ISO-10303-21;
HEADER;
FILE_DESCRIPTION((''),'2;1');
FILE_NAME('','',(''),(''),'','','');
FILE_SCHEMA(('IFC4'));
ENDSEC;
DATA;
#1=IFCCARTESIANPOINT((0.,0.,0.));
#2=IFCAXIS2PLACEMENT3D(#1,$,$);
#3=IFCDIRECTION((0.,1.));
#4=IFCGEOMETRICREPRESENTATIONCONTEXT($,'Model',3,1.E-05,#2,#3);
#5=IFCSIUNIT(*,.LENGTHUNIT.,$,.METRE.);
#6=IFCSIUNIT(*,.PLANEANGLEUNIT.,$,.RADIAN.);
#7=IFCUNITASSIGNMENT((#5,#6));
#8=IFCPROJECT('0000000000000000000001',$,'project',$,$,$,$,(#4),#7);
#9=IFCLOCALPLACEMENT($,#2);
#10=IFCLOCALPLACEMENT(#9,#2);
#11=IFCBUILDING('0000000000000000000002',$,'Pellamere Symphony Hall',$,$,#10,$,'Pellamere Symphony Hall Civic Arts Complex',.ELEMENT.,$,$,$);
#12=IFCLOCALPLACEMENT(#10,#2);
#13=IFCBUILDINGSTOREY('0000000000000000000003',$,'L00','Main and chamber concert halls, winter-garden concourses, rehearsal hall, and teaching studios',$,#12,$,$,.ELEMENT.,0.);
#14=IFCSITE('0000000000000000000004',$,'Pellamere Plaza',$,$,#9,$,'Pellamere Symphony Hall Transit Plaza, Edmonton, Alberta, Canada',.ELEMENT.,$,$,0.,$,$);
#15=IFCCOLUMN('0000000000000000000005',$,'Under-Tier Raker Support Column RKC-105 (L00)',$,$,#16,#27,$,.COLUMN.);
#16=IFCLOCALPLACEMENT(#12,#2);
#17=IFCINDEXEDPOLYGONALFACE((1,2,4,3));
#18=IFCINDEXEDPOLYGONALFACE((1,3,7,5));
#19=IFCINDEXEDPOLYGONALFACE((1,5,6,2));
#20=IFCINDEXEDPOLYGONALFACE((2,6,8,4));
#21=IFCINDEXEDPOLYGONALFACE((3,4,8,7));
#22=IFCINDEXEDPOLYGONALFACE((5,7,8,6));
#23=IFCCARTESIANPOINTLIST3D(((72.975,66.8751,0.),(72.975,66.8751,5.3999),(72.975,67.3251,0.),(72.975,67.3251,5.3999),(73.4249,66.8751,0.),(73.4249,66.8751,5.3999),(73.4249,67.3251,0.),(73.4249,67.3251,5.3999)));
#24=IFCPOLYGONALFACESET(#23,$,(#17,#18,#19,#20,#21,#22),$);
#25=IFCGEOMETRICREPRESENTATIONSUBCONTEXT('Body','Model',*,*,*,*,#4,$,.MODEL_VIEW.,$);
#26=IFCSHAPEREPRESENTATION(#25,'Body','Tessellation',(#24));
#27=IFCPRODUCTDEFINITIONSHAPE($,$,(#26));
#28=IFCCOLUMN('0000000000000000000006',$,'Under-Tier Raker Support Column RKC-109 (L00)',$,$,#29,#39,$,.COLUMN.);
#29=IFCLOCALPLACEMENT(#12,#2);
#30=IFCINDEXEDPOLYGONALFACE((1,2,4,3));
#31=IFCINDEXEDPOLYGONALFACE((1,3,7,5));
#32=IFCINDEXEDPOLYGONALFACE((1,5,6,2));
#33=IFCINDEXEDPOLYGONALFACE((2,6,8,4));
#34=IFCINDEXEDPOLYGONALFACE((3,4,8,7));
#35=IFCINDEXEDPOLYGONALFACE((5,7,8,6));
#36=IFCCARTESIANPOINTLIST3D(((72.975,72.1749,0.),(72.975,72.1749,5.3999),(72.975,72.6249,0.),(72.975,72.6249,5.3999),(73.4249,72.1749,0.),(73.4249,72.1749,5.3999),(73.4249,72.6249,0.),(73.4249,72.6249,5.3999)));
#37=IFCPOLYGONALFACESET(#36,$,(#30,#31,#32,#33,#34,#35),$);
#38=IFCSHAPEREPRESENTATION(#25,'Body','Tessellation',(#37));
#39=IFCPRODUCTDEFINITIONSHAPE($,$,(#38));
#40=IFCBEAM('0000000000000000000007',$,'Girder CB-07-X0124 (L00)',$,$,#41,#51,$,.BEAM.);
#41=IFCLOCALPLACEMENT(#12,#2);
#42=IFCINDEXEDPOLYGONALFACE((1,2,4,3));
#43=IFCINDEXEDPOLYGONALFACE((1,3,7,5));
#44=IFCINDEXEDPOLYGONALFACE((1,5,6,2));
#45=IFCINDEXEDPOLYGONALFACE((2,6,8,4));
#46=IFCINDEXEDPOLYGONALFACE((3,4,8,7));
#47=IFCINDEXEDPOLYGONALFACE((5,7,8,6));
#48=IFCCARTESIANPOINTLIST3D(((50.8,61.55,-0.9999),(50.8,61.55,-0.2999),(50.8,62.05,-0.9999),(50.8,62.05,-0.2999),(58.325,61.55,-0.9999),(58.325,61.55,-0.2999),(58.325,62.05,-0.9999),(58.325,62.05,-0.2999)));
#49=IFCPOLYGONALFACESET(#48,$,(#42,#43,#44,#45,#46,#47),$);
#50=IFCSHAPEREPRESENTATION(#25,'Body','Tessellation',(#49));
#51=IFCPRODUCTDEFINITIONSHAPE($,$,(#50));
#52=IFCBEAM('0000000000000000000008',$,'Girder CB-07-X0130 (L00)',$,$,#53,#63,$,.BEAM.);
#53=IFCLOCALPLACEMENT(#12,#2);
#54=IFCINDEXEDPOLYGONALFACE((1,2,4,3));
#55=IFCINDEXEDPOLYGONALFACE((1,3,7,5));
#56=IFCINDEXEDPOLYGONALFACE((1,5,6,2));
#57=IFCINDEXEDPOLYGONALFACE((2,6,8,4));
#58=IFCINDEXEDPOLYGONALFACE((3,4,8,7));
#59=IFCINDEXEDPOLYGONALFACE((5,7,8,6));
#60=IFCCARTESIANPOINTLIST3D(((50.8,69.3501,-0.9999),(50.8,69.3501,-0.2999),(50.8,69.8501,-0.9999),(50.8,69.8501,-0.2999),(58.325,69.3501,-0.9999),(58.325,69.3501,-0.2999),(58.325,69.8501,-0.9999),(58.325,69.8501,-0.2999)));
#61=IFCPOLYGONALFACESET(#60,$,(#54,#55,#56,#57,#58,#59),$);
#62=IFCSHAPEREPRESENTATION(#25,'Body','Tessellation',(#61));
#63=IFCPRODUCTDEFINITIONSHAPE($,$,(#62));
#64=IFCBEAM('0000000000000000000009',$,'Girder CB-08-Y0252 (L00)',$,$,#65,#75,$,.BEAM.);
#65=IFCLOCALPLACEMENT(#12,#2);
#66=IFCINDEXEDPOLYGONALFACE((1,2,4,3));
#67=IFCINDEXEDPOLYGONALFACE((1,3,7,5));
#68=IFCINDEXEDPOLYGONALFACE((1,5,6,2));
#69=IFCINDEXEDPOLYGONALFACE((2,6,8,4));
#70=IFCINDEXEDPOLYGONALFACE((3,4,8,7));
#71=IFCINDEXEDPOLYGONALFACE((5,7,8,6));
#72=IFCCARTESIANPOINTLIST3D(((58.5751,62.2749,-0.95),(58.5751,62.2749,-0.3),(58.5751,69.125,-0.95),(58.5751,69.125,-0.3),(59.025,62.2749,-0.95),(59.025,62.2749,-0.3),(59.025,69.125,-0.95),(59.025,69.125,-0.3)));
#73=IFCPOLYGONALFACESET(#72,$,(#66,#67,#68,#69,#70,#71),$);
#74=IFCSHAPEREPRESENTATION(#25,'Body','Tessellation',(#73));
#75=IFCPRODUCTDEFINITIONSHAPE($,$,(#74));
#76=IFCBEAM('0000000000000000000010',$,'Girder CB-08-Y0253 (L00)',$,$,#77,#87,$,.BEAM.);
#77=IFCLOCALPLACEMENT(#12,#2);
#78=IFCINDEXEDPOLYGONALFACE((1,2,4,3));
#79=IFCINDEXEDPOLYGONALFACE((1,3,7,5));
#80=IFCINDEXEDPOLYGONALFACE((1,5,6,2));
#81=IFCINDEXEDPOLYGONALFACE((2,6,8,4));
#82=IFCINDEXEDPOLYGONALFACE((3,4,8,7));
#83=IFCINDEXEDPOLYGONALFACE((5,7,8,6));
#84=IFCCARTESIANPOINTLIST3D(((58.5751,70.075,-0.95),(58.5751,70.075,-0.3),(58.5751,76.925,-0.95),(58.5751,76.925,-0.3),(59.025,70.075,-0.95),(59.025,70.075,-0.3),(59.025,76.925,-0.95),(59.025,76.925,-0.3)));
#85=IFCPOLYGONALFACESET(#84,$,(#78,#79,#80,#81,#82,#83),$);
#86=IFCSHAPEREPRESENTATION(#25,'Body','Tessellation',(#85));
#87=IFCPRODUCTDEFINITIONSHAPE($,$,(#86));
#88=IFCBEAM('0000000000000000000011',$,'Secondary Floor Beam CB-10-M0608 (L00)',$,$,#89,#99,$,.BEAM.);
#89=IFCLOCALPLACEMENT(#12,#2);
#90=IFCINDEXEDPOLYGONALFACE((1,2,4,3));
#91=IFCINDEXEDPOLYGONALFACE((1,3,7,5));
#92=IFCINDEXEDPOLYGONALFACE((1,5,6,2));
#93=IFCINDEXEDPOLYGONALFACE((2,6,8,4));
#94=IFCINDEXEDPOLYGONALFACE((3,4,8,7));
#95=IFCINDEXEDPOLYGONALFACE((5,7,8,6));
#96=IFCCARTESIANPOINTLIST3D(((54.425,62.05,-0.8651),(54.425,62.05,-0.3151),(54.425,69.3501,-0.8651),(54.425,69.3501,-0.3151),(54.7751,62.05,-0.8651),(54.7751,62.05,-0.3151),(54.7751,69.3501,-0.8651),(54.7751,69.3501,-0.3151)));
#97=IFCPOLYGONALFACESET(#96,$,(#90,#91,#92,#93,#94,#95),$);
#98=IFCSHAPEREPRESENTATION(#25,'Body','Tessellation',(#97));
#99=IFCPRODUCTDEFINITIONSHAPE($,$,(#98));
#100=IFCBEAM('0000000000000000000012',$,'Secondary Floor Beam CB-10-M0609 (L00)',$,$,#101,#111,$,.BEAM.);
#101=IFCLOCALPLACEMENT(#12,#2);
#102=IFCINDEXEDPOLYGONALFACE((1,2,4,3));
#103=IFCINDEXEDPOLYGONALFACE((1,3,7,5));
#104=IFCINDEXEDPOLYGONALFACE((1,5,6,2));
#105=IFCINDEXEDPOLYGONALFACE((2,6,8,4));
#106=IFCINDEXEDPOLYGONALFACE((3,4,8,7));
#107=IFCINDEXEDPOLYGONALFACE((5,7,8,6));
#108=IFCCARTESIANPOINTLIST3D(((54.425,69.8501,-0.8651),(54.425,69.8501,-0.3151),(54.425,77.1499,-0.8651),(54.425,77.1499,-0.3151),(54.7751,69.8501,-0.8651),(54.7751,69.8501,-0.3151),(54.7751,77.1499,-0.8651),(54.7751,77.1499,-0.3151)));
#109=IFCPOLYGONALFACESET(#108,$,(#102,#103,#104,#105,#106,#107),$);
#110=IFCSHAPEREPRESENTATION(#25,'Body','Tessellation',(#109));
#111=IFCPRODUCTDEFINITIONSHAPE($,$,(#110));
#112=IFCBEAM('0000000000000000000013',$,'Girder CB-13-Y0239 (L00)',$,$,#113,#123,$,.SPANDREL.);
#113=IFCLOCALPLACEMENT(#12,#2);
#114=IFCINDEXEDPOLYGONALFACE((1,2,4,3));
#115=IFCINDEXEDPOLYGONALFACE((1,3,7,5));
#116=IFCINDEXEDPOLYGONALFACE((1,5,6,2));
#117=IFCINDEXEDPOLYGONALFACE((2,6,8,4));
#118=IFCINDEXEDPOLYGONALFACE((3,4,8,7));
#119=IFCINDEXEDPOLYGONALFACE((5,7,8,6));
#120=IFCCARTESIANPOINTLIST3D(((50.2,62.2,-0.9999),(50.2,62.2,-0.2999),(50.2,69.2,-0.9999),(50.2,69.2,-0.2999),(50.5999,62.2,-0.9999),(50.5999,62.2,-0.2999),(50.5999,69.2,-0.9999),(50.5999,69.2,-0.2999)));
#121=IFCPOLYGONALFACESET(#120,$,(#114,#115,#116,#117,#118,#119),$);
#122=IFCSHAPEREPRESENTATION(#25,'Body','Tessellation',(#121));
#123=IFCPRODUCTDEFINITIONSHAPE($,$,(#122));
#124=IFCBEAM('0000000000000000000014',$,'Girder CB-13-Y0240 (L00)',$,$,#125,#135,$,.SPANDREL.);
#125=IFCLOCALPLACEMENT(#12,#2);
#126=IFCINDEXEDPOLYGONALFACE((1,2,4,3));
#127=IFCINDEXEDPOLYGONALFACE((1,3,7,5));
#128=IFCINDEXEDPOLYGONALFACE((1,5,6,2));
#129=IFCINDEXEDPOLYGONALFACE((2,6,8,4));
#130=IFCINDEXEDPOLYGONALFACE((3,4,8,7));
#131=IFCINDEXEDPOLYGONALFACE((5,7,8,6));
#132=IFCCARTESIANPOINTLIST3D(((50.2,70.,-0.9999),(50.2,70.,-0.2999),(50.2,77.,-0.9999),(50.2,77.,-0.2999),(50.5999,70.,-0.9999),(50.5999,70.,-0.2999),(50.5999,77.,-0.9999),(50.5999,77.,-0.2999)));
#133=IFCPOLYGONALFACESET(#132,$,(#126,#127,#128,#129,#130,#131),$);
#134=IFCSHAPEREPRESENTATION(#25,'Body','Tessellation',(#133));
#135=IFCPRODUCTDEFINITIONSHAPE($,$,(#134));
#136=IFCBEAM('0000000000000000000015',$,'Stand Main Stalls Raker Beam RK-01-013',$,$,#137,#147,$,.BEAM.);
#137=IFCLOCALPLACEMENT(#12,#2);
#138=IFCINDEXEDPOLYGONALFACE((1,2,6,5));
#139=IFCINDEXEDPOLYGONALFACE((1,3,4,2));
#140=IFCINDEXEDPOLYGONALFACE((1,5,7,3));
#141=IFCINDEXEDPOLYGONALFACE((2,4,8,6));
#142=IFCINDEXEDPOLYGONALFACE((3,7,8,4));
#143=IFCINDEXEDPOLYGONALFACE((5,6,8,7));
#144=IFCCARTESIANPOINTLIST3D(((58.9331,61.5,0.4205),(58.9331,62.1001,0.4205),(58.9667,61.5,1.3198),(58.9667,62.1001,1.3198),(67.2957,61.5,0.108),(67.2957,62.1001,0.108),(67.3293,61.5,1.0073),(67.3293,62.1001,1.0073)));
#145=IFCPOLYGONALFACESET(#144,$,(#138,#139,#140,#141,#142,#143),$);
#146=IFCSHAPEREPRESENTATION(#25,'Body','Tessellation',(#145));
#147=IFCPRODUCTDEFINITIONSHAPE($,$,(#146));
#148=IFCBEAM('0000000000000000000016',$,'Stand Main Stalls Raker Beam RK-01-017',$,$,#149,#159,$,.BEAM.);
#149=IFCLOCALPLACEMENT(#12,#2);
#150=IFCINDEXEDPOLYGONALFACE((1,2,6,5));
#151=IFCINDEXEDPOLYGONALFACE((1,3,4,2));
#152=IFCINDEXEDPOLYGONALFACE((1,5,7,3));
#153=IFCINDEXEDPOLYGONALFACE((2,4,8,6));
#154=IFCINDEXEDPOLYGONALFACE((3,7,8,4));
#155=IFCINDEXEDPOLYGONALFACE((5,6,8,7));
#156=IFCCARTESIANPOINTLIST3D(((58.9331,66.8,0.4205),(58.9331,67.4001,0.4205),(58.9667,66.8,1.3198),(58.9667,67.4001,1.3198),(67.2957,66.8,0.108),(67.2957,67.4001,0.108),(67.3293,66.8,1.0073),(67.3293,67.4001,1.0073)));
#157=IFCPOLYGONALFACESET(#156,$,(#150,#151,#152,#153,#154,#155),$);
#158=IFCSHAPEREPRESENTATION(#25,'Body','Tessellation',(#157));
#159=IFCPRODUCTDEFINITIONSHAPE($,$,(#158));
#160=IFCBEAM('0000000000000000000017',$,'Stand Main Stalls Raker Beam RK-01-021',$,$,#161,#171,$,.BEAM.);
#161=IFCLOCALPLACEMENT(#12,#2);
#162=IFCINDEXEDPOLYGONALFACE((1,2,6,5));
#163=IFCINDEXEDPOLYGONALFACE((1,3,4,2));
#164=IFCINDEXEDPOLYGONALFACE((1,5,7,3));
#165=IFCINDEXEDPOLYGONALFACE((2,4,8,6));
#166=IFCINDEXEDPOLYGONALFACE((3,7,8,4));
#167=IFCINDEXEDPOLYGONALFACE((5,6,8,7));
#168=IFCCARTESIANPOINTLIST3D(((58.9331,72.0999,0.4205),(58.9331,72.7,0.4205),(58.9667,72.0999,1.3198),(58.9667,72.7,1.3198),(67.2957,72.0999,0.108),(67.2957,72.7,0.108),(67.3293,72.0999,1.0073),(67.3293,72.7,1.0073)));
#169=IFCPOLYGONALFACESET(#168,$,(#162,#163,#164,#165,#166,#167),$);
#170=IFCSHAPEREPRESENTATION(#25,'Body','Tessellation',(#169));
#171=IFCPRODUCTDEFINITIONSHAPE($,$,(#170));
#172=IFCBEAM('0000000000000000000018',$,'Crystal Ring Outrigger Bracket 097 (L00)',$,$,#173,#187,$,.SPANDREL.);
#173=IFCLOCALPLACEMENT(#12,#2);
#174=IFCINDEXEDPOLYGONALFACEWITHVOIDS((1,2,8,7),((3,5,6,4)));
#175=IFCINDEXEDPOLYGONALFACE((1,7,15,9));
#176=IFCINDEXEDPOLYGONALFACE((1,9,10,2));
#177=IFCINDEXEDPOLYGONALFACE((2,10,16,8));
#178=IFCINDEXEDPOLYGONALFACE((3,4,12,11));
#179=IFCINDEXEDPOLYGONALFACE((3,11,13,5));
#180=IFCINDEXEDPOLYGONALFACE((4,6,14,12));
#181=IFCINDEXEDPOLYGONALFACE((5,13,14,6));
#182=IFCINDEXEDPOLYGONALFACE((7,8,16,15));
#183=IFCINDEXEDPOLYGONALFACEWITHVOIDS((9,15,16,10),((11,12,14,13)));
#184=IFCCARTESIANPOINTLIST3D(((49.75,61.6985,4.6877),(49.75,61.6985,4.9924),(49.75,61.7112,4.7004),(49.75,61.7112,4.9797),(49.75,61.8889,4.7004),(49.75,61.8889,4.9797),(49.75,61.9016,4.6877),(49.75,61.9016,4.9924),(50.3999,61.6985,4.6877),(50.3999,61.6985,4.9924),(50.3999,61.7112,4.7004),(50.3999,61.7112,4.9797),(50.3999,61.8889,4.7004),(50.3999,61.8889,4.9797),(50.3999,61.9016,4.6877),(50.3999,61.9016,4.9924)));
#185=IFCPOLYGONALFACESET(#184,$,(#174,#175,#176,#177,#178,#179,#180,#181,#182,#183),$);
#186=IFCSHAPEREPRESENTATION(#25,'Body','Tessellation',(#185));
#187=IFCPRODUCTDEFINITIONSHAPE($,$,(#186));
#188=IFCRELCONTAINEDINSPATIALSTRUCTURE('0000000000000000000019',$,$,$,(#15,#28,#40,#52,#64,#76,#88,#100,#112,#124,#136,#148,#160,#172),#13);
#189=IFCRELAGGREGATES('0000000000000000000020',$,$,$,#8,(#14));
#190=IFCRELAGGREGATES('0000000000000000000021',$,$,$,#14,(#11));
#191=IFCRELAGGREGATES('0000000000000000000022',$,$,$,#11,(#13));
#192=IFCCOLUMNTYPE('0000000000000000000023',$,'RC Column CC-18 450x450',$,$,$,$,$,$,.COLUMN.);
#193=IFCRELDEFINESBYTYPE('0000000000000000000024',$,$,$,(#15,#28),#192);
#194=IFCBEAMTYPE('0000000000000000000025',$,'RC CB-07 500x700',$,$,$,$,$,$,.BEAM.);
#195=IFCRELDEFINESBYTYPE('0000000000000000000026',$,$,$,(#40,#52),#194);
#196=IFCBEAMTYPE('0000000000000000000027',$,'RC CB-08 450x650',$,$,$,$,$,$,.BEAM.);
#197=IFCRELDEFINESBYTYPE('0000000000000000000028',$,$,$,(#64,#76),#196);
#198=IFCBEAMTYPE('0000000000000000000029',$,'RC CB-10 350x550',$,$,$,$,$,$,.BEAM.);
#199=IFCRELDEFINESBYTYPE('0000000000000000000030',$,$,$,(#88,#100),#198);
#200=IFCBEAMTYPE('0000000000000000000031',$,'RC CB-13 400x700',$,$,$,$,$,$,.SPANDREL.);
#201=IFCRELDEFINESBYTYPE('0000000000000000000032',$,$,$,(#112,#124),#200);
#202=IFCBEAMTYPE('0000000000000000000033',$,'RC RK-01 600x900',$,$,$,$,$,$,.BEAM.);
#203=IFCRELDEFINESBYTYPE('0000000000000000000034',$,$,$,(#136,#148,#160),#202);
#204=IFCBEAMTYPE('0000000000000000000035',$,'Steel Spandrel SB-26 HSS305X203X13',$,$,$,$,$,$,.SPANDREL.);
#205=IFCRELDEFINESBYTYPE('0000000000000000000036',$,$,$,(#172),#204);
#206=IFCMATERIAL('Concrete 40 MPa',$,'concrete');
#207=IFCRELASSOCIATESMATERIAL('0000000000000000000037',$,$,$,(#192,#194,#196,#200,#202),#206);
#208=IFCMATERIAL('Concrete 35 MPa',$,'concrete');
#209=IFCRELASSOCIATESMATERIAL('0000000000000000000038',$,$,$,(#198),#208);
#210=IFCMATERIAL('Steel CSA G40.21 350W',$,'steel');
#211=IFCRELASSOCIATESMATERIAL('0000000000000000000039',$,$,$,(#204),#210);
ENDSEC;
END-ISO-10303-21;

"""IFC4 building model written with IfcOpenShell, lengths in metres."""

from ifc_helpers import new_model, si_unit, direction, frame, origin, origin_2d, place, context, subcontext, project, spatial, rectangle, hollow_rectangle, extrude, material, material_profile, profile_set, type_object, element, save


model = new_model("IFC4")

# Units and contexts
model_context = context("Model", 3, precision=1e-05, world=origin(), true_north=direction((0.0, 1.0)))
body_context = subcontext(model_context, "Body", "Model", "MODEL_VIEW")
ifc_project = project(units=[si_unit("LENGTHUNIT", "METRE"), si_unit("PLANEANGLEUNIT", "RADIAN")], contexts=[model_context])

# Site, building, storey
site_placement = place(None, origin())
site = spatial("IfcSite", under=ifc_project, at=site_placement, Name="Pellamere Plaza", LongName="Pellamere Symphony Hall Transit Plaza, Edmonton, Alberta, Canada", CompositionType="ELEMENT", RefElevation=0.0)
building_placement = place(site_placement, origin())
building = spatial("IfcBuilding", under=site, at=building_placement, Name="Pellamere Symphony Hall", LongName="Pellamere Symphony Hall Civic Arts Complex", CompositionType="ELEMENT")
storey_placement = place(building_placement, origin())
storey = spatial("IfcBuildingStorey", under=building, at=storey_placement, Name="L00", Description="Main and chamber concert halls, winter-garden concourses, rehearsal hall, and teaching studios", CompositionType="ELEMENT", Elevation=0.0)

# Columns
ifc_material_1 = material(Name="Concrete 40 MPa", Category="concrete")
ifc_material_2 = material(Name="Concrete 35 MPa", Category="concrete")
ifc_material_profile_1 = material_profile(ifc_material_1, rectangle(XDim=0.45, YDim=0.45, at=origin_2d()), Name="RC 450x450")
ifc_profile_set_1 = profile_set([ifc_material_profile_1], Name="Concrete 40 MPa")
column_type_1 = type_object("IfcColumnType", Name="RC Column CC-18 450x450", PredefinedType="COLUMN", material=ifc_profile_set_1)
for number, where, z_axis, x_axis, name in (
    (1, (73.2, 67.1001, 0.0), (0.0, 0.0, 1.0), (1.0, 0.0, 0.0), "Under-Tier Raker Support Column RKC-105 (L00)"),
    (2, (73.2, 72.3999, 0.0), (0.0, 0.0, 1.0), (1.0, 0.0, 0.0), "Under-Tier Raker Support Column RKC-109 (L00)"),
):
    element("IfcColumn", number, at=place(storey_placement, frame(where, z_axis=z_axis, x_axis=x_axis)), inside=storey, type_object=column_type_1, Name=name, PredefinedType="COLUMN", context=body_context, shape_type="SweptSolid", body=[
        extrude(rectangle(XDim=0.45, YDim=0.45, at=origin_2d()), origin(), (0.0, 0.0, 1.0), 5.3999),
    ])

# Beams
ifc_material_profile_2 = material_profile(ifc_material_1, rectangle(XDim=0.5, YDim=0.7, at=origin_2d()), Name="RC 500x700")
ifc_profile_set_2 = profile_set([ifc_material_profile_2], Name="Concrete 40 MPa")
beam_type_1 = type_object("IfcBeamType", Name="RC CB-07 500x700", PredefinedType="BEAM", material=ifc_profile_set_2)
for number, where, z_axis, x_axis, name in (
    (3, (50.8, 61.8, -0.6499), (1.0, 0.0, 0.0), (0.0, 1.0, 0.0), "Girder CB-07-X0124 (L00)"),
    (4, (50.8, 69.6001, -0.6499), (1.0, 0.0, 0.0), (0.0, 1.0, 0.0), "Girder CB-07-X0130 (L00)"),
):
    element("IfcBeam", number, at=place(storey_placement, frame(where, z_axis=z_axis, x_axis=x_axis)), inside=storey, type_object=beam_type_1, Name=name, PredefinedType="BEAM", context=body_context, shape_type="SweptSolid", body=[
        extrude(rectangle(XDim=0.5, YDim=0.7, at=origin_2d()), origin(), (0.0, 0.0, 1.0), 7.5249),
    ])
ifc_material_profile_3 = material_profile(ifc_material_1, rectangle(XDim=0.45, YDim=0.6499, at=origin_2d()), Name="RC 450x650")
ifc_profile_set_3 = profile_set([ifc_material_profile_3], Name="Concrete 40 MPa")
beam_type_2 = type_object("IfcBeamType", Name="RC CB-08 450x650", PredefinedType="BEAM", material=ifc_profile_set_3)
for number, where, z_axis, x_axis, name in (
    (5, (58.8, 62.2749, -0.625), (0.0, 1.0, 0.0), (-1.0, 0.0, 0.0), "Girder CB-08-Y0252 (L00)"),
    (6, (58.8, 70.075, -0.625), (0.0, 1.0, 0.0), (-1.0, 0.0, 0.0), "Girder CB-08-Y0253 (L00)"),
):
    element("IfcBeam", number, at=place(storey_placement, frame(where, z_axis=z_axis, x_axis=x_axis)), inside=storey, type_object=beam_type_2, Name=name, PredefinedType="BEAM", context=body_context, shape_type="SweptSolid", body=[
        extrude(rectangle(XDim=0.45, YDim=0.6499, at=origin_2d()), origin(), (0.0, 0.0, 1.0), 6.8501),
    ])
ifc_material_profile_4 = material_profile(ifc_material_2, rectangle(XDim=0.3501, YDim=0.55, at=origin_2d()), Name="RC 350x550")
ifc_profile_set_4 = profile_set([ifc_material_profile_4], Name="Concrete 35 MPa")
beam_type_3 = type_object("IfcBeamType", Name="RC CB-10 350x550", PredefinedType="BEAM", material=ifc_profile_set_4)
beam_1_placement = place(storey_placement, frame((54.6001, 62.05, -0.5901), z_axis=(0.0, 1.0, 0.0), x_axis=(-1.0, 0.0, 0.0)))
element("IfcBeam", 7, at=beam_1_placement, inside=storey, type_object=beam_type_3, Name="Secondary Floor Beam CB-10-M0608 (L00)", PredefinedType="BEAM", context=body_context, shape_type="SweptSolid", body=[
    extrude(rectangle(XDim=0.3501, YDim=0.55, at=origin_2d()), origin(), (0.0, 0.0, 1.0), 7.3),
])
beam_2_placement = place(storey_placement, frame((54.6001, 69.8501, -0.5901), z_axis=(0.0, 1.0, 0.0), x_axis=(-1.0, 0.0, 0.0)))
element("IfcBeam", 8, at=beam_2_placement, inside=storey, type_object=beam_type_3, Name="Secondary Floor Beam CB-10-M0609 (L00)", PredefinedType="BEAM", context=body_context, shape_type="SweptSolid", body=[
    extrude(rectangle(XDim=0.3501, YDim=0.55, at=origin_2d()), origin(), (0.0, 0.0, 1.0), 7.2998),
])
ifc_material_profile_5 = material_profile(ifc_material_1, rectangle(XDim=0.3999, YDim=0.7, at=origin_2d()), Name="RC 400x700")
ifc_profile_set_5 = profile_set([ifc_material_profile_5], Name="Concrete 40 MPa")
beam_type_4 = type_object("IfcBeamType", Name="RC CB-13 400x700", PredefinedType="SPANDREL", material=ifc_profile_set_5)
for number, where, z_axis, x_axis, name in (
    (9, (50.3999, 62.2, -0.6499), (0.0, 1.0, 0.0), (-1.0, 0.0, 0.0), "Girder CB-13-Y0239 (L00)"),
    (10, (50.3999, 70.0, -0.6499), (0.0, 1.0, 0.0), (-1.0, 0.0, 0.0), "Girder CB-13-Y0240 (L00)"),
):
    element("IfcBeam", number, at=place(storey_placement, frame(where, z_axis=z_axis, x_axis=x_axis)), inside=storey, type_object=beam_type_4, Name=name, PredefinedType="SPANDREL", context=body_context, shape_type="SweptSolid", body=[
        extrude(rectangle(XDim=0.3999, YDim=0.7, at=origin_2d()), origin(), (0.0, 0.0, 1.0), 7.0),
    ])
ifc_material_profile_6 = material_profile(ifc_material_1, rectangle(XDim=0.6001, YDim=0.8999, at=origin_2d()), Name="RC 600x900")
ifc_profile_set_6 = profile_set([ifc_material_profile_6], Name="Concrete 40 MPa")
beam_type_5 = type_object("IfcBeamType", Name="RC RK-01 600x900", PredefinedType="BEAM", material=ifc_profile_set_6)
for number, where, z_axis, x_axis, name in (
    (11, (67.3125, 61.8, 0.5576), (-0.999303, 0.0, 0.037343), (0.0, -1.0, 0.0), "Stand Main Stalls Raker Beam RK-01-013"),
    (12, (67.3125, 67.1001, 0.5576), (-0.999303, 0.0, 0.037343), (0.0, -1.0, 0.0), "Stand Main Stalls Raker Beam RK-01-017"),
    (13, (67.3125, 72.3999, 0.5576), (-0.999303, 0.0, 0.037343), (0.0, -1.0, 0.0), "Stand Main Stalls Raker Beam RK-01-021"),
):
    element("IfcBeam", number, at=place(storey_placement, frame(where, z_axis=z_axis, x_axis=x_axis)), inside=storey, type_object=beam_type_5, Name=name, PredefinedType="BEAM", context=body_context, shape_type="SweptSolid", body=[
        extrude(rectangle(XDim=0.6001, YDim=0.8999, at=origin_2d()), origin(), (0.0, 0.0, 1.0), 8.3684),
    ])
ifc_material_3 = material(Name="Steel CSA G40.21 350W", Category="steel")
ifc_material_profile_7 = material_profile(ifc_material_3, hollow_rectangle(XDim=0.2031, YDim=0.3047, WallThickness=0.0127, at=origin_2d()), Name="HSS305X203X13")
ifc_profile_set_7 = profile_set([ifc_material_profile_7], Name="Steel CSA G40.21 350W")
beam_type_6 = type_object("IfcBeamType", Name="Steel Spandrel SB-26 HSS305X203X13", PredefinedType="SPANDREL", material=ifc_profile_set_7)
beam_3_placement = place(storey_placement, frame((50.3999, 61.8, 4.8401), z_axis=(-1.0, 0.0, 0.0), x_axis=(0.0, -1.0, 0.0)))
element("IfcBeam", 14, at=beam_3_placement, inside=storey, type_object=beam_type_6, Name="Crystal Ring Outrigger Bracket 097 (L00)", PredefinedType="SPANDREL", context=body_context, shape_type="SweptSolid", body=[
    extrude(hollow_rectangle(XDim=0.2031, YDim=0.3047, WallThickness=0.0127, at=origin_2d()), origin(), (0.0, 0.0, 1.0), 0.6499),
])

save(model, "model.ifc")
